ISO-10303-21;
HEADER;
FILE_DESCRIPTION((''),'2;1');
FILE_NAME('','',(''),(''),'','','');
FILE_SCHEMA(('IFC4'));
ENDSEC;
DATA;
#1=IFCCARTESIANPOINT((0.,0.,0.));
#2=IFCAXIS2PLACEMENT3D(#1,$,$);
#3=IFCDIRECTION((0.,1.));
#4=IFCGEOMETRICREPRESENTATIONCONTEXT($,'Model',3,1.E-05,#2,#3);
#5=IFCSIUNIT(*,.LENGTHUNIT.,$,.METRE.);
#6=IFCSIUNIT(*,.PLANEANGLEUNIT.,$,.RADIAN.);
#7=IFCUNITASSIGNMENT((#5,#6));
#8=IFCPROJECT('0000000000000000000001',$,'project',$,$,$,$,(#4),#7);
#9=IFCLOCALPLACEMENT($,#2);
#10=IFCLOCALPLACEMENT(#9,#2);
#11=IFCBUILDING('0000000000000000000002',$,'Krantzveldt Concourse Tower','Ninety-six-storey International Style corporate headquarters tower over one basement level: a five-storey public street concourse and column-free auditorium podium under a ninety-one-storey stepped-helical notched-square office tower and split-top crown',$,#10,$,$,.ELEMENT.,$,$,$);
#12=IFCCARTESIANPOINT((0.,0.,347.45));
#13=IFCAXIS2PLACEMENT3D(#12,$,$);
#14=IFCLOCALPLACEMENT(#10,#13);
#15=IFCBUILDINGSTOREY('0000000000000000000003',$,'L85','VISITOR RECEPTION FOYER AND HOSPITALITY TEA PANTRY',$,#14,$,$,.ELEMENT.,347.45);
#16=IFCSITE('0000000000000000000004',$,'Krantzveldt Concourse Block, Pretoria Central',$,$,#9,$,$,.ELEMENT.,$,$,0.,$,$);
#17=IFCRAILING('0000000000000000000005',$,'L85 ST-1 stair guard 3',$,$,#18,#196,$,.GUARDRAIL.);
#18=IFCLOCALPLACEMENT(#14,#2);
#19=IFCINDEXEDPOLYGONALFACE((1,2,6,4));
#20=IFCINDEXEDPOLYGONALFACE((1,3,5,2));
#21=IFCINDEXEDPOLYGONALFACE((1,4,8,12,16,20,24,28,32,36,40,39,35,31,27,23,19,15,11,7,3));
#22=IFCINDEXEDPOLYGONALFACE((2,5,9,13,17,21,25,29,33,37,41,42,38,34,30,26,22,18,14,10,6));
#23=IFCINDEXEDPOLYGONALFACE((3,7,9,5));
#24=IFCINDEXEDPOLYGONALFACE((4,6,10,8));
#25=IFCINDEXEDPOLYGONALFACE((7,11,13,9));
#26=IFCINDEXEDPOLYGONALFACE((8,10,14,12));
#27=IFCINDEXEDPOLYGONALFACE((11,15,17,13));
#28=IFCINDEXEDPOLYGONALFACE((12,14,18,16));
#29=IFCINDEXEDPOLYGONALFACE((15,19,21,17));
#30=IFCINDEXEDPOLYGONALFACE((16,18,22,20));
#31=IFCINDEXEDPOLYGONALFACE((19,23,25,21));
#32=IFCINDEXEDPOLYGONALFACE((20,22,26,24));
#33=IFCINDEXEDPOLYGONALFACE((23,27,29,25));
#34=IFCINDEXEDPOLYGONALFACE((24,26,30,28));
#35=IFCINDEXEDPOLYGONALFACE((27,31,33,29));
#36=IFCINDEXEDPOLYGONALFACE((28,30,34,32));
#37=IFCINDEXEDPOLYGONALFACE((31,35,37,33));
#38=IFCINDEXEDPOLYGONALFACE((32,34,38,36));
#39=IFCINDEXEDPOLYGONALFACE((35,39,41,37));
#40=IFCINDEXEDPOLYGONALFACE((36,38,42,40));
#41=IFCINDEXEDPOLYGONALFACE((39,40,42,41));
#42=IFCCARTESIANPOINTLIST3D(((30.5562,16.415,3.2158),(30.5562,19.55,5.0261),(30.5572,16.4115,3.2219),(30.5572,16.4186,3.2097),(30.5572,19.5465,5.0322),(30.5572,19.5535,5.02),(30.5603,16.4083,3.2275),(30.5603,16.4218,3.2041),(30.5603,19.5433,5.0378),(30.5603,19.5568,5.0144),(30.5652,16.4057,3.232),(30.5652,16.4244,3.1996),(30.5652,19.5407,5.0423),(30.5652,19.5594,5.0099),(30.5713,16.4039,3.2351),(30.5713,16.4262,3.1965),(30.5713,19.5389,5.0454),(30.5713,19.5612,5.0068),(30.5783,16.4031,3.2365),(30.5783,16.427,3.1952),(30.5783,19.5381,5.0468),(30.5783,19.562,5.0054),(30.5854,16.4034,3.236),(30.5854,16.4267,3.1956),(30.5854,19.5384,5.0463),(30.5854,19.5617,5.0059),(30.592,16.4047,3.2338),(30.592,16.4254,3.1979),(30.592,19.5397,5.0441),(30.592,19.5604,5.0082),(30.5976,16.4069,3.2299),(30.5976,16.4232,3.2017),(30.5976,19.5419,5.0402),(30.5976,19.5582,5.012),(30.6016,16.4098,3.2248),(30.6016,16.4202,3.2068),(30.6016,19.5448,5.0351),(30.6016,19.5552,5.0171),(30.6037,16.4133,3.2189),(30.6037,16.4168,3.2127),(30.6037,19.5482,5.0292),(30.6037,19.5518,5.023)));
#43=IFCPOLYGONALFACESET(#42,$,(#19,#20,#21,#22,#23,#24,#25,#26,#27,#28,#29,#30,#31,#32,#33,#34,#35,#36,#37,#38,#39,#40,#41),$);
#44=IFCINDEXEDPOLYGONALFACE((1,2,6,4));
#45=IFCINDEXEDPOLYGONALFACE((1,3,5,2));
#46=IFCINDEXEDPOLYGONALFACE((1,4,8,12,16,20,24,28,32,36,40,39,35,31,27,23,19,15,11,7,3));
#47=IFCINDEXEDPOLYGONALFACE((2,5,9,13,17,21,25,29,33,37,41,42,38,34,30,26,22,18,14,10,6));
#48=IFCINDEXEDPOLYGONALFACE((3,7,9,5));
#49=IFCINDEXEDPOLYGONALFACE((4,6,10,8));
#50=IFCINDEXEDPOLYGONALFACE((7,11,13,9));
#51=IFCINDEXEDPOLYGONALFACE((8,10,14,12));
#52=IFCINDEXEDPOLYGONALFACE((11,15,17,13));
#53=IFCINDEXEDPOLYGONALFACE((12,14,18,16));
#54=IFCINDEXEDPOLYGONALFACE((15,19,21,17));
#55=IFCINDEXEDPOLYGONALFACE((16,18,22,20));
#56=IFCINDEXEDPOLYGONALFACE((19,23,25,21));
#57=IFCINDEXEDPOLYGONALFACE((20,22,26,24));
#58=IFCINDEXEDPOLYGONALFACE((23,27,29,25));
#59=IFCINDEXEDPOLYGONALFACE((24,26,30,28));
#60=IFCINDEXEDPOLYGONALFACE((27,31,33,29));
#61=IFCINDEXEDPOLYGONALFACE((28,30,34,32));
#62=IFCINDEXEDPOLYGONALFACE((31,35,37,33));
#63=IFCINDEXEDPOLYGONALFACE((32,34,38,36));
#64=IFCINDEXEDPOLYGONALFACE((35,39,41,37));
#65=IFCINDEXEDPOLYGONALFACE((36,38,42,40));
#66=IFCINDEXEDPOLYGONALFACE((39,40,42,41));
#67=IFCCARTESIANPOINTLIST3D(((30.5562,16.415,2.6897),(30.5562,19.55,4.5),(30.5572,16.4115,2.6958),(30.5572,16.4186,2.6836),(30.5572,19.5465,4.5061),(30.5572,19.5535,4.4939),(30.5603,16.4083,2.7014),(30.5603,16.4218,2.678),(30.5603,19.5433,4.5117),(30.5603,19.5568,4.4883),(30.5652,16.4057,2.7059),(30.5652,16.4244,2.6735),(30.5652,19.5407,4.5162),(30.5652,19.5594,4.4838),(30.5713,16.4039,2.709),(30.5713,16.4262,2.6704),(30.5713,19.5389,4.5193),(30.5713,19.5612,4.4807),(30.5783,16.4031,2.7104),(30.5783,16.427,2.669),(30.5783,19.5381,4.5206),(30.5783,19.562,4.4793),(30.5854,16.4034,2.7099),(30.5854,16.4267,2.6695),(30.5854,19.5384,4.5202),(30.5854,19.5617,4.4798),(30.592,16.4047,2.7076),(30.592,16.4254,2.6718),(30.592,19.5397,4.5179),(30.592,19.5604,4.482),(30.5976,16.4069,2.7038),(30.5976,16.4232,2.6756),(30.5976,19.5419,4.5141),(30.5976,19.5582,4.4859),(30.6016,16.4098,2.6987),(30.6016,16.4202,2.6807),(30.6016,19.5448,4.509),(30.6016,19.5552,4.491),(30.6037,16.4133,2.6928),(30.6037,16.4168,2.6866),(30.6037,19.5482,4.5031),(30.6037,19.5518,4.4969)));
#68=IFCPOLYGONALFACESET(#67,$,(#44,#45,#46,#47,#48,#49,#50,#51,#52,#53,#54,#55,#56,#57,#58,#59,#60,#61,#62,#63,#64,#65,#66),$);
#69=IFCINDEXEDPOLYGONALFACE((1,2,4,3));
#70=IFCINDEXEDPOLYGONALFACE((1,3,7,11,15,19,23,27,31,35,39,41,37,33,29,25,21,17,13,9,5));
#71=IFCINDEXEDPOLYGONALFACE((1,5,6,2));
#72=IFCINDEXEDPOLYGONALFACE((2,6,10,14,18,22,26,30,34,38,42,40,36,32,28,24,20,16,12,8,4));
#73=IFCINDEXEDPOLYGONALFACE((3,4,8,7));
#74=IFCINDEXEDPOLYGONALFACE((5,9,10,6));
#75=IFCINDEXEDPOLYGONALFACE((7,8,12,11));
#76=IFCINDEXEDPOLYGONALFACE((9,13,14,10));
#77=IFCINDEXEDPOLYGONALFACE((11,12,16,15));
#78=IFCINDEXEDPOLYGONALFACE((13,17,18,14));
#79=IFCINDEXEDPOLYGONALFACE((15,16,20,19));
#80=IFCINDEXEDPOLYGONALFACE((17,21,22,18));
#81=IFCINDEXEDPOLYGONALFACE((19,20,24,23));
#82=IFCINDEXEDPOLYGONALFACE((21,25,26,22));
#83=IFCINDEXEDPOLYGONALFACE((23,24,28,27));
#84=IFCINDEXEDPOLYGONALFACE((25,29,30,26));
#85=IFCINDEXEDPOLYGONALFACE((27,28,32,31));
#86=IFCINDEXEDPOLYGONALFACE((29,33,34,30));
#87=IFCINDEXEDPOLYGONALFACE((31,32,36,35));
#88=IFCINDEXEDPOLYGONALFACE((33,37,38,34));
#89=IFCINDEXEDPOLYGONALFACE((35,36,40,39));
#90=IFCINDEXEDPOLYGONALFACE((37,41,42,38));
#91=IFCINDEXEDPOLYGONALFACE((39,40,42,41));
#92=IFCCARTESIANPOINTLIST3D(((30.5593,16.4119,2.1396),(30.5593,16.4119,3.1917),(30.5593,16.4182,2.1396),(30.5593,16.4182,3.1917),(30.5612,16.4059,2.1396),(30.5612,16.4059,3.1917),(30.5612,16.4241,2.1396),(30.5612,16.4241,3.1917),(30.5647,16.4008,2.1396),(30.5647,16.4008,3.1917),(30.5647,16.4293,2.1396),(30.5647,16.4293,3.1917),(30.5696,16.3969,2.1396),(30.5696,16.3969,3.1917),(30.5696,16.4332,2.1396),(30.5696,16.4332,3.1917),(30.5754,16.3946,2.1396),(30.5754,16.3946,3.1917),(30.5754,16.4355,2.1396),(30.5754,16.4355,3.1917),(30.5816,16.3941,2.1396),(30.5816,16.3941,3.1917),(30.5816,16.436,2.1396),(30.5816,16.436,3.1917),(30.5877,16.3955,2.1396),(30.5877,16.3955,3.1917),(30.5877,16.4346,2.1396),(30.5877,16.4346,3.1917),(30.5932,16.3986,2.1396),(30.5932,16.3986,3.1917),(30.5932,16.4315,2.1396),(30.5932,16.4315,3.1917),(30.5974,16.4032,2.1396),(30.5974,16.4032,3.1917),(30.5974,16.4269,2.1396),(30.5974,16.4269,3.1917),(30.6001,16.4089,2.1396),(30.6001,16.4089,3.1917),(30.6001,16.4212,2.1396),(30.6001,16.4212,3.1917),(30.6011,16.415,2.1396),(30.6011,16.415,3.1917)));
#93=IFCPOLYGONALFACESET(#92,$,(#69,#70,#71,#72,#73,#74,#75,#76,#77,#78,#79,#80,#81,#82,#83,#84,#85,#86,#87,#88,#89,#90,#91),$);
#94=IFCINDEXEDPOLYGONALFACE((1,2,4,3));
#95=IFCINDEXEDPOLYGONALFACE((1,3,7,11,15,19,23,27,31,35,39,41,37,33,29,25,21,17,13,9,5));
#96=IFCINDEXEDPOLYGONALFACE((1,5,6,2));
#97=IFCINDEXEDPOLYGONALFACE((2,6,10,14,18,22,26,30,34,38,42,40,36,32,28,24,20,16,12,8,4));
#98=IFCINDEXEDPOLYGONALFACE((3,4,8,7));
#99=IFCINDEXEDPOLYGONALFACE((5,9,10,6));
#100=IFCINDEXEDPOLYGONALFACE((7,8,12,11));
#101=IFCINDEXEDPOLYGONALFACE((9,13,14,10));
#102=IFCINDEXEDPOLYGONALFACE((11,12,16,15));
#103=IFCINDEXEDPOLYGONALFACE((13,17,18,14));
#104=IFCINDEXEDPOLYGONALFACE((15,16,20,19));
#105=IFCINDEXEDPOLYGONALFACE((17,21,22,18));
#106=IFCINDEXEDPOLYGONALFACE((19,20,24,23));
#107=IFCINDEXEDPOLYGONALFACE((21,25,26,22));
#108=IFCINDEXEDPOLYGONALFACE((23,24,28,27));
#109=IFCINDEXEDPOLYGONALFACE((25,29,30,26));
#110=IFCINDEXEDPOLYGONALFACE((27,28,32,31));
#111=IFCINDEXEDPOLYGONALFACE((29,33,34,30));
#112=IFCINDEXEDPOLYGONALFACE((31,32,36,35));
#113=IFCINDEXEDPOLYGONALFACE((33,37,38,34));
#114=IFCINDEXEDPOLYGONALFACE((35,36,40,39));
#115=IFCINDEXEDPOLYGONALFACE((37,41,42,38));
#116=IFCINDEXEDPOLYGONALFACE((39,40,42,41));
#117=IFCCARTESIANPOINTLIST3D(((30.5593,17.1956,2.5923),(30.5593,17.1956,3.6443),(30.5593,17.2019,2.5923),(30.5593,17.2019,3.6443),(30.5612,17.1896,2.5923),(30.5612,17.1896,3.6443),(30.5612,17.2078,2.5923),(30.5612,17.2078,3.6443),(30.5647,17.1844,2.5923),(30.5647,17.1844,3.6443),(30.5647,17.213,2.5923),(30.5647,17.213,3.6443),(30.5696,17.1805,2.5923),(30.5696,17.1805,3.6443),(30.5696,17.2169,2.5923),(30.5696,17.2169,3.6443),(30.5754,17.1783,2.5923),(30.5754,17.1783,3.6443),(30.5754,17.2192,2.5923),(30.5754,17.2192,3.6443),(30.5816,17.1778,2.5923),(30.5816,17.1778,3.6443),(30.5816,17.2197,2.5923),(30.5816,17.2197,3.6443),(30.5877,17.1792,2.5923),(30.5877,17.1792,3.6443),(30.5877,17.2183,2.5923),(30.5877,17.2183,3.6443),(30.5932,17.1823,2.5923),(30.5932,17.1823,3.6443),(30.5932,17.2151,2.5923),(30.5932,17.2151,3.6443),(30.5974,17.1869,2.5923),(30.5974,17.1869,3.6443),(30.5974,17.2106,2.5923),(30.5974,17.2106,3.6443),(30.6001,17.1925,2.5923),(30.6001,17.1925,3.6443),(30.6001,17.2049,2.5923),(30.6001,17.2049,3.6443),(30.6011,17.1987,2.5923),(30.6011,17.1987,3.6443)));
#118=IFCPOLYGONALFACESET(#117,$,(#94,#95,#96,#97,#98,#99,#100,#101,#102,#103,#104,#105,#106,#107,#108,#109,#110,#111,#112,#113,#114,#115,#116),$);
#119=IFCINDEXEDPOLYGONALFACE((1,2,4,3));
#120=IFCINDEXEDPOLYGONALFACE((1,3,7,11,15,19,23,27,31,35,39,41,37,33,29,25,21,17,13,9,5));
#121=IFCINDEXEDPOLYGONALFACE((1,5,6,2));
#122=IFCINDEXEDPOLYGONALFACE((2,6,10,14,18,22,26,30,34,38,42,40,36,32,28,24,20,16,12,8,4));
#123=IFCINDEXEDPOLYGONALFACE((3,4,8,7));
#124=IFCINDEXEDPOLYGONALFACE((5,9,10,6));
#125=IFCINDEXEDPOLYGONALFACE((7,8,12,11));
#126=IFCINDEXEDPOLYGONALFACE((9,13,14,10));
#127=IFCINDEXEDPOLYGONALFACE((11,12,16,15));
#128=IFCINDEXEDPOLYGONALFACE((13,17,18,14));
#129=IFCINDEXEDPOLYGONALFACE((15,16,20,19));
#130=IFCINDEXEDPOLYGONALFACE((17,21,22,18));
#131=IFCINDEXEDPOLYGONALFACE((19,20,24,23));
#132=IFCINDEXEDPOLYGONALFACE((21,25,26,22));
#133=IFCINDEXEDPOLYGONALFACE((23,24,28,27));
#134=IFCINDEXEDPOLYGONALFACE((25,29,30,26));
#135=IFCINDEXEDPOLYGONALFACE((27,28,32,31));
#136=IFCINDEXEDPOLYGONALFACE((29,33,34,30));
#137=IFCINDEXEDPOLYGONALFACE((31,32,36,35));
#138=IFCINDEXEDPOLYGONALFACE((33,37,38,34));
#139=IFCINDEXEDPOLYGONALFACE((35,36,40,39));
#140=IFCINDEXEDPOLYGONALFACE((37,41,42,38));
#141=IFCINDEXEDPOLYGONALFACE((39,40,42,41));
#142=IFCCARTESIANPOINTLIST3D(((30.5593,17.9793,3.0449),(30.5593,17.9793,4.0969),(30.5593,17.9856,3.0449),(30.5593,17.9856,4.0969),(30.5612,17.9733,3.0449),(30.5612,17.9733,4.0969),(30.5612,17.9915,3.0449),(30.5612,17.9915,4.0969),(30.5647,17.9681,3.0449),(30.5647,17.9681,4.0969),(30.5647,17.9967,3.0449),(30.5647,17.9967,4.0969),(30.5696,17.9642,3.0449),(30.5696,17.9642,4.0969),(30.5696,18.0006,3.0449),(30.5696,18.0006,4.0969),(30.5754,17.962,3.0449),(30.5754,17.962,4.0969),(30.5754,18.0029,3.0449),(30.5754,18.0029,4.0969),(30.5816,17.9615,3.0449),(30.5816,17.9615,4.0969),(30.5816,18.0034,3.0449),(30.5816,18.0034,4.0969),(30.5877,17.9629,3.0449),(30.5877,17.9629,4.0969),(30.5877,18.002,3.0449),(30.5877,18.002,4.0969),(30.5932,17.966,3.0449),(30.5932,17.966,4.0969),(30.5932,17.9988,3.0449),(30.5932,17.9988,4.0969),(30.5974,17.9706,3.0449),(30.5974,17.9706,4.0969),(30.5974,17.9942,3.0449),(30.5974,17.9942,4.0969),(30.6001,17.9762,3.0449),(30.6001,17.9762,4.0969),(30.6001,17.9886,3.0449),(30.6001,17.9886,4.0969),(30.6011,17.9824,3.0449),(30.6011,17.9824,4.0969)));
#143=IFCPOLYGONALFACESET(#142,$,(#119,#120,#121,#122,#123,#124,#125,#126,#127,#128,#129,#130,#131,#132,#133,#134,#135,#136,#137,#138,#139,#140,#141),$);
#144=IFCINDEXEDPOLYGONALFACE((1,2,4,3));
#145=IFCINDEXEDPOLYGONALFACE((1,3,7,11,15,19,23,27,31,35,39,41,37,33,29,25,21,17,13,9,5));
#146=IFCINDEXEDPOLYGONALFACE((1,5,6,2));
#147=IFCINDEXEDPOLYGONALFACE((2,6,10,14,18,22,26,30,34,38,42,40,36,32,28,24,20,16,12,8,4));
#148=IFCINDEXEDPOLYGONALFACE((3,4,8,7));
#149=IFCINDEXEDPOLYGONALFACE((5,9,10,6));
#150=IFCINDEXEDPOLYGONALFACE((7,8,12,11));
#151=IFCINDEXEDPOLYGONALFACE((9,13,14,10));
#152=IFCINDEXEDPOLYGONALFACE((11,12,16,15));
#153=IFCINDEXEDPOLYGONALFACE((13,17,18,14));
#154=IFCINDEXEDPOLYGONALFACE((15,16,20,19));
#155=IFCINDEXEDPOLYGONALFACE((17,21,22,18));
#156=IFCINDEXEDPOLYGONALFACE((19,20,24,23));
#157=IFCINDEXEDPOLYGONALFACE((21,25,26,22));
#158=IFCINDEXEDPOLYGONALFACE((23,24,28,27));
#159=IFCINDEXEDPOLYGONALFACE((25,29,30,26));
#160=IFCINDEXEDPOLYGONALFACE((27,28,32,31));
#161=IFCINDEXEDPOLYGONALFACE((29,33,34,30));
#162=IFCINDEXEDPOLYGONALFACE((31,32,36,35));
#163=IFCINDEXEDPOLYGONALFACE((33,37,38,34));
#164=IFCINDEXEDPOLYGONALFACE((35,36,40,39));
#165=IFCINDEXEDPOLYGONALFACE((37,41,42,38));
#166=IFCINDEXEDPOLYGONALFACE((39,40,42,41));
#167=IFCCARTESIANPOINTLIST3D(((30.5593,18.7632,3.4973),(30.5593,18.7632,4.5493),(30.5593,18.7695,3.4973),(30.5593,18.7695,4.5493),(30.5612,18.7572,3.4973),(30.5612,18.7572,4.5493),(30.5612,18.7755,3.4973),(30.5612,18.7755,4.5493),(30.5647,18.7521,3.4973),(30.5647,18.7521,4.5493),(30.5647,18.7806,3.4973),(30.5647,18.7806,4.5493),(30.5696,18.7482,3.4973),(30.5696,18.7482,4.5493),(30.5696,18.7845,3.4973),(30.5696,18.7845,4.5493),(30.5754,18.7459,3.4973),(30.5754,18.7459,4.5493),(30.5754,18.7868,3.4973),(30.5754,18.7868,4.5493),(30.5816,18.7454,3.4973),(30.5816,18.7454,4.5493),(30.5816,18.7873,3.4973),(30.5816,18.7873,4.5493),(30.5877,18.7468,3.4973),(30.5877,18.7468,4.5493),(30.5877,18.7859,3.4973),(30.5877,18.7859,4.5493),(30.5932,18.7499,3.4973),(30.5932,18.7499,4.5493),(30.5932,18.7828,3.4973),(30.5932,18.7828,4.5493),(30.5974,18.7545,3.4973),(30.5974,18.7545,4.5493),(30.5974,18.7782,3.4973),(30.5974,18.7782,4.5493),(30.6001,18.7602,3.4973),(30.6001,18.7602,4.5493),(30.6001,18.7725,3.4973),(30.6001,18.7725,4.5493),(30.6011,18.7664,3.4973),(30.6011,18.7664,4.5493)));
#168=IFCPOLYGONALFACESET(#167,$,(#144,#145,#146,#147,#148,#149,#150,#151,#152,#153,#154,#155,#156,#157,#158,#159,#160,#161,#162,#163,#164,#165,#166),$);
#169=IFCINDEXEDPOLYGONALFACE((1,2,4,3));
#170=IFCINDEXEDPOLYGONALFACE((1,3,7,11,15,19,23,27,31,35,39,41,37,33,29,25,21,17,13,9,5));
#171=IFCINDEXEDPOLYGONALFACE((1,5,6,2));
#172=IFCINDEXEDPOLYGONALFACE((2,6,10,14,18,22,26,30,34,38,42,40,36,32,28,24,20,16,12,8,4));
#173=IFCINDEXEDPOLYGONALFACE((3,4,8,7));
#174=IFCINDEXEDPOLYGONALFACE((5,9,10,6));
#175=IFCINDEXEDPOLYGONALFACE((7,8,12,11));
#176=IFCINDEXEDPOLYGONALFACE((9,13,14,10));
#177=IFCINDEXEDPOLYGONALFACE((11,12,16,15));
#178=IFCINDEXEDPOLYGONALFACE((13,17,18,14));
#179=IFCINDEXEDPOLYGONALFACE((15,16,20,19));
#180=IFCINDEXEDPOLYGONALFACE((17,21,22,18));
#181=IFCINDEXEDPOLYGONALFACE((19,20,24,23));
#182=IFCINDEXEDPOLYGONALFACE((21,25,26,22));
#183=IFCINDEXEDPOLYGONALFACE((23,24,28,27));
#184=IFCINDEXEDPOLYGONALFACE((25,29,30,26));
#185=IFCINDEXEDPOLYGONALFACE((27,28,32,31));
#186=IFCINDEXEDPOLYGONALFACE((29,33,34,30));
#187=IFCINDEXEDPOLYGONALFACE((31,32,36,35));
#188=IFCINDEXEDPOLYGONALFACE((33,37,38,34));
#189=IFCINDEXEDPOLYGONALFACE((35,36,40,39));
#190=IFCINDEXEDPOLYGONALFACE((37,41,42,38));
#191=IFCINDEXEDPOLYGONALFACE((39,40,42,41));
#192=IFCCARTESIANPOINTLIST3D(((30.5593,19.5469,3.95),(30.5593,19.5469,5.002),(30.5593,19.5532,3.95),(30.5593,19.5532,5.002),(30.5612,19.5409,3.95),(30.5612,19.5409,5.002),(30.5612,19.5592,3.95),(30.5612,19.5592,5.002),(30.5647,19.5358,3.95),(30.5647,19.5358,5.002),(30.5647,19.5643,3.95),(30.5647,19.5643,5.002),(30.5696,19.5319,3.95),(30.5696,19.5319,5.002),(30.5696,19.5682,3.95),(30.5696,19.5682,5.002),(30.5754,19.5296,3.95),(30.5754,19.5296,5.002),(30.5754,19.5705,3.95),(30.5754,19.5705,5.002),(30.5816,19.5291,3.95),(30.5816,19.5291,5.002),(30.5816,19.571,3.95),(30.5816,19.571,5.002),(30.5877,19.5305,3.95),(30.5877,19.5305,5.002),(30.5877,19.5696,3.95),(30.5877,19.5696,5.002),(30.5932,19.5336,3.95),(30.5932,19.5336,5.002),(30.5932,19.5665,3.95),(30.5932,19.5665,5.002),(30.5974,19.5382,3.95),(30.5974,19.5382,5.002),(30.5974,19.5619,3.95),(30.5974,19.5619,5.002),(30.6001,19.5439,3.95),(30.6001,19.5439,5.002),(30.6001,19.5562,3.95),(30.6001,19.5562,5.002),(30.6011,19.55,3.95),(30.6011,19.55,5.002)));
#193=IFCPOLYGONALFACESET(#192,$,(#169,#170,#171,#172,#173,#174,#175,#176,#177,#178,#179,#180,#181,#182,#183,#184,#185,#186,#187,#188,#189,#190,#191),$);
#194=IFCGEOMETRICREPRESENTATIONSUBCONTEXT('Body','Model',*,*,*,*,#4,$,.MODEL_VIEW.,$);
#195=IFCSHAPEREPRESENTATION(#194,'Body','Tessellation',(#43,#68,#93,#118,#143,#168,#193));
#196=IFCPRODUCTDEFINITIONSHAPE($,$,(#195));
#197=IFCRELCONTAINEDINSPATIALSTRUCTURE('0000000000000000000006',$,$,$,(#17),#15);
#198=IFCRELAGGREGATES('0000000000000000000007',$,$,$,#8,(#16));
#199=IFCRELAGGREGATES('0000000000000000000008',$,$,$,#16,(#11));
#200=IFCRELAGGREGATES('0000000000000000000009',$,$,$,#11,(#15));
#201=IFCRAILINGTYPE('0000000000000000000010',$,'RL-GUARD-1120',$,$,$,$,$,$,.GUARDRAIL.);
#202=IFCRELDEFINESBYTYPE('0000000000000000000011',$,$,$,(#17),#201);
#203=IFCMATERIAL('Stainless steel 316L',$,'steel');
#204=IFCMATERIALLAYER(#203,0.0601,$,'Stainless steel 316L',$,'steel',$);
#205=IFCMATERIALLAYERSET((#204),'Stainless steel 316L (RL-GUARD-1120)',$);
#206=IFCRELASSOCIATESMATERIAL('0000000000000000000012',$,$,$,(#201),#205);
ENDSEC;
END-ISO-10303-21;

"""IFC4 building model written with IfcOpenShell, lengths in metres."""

from ifc_helpers import new_model, si_unit, direction, frame, origin, origin_2d, place, context, subcontext, project, spatial, circle, extrude, material, layer, layer_set, type_object, element, save


model = new_model("IFC4")

# Units and contexts
model_context = context("Model", 3, precision=1e-05, world=origin(), true_north=direction((0.0, 1.0)))
body_context = subcontext(model_context, "Body", "Model", "MODEL_VIEW")
ifc_project = project(units=[si_unit("LENGTHUNIT", "METRE"), si_unit("PLANEANGLEUNIT", "RADIAN")], contexts=[model_context])

# Site, building, storey
site_placement = place(None, origin())
site = spatial("IfcSite", under=ifc_project, at=site_placement, Name="Krantzveldt Concourse Block, Pretoria Central", CompositionType="ELEMENT", RefElevation=0.0)
building_placement = place(site_placement, origin())
building = spatial("IfcBuilding", under=site, at=building_placement, Name="Krantzveldt Concourse Tower", Description="Ninety-six-storey International Style corporate headquarters tower over one basement level: a five-storey public street concourse and column-free auditorium podium under a ninety-one-storey stepped-helical notched-square office tower and split-top crown", CompositionType="ELEMENT")
storey_placement = place(building_placement, frame((0.0, 0.0, 347.45)))
storey = spatial("IfcBuildingStorey", under=building, at=storey_placement, Name="L85", Description="VISITOR RECEPTION FOYER AND HOSPITALITY TEA PANTRY", CompositionType="ELEMENT", Elevation=347.45)

# Shared definitions
ifc_material_1 = material(Name="Stainless steel 316L", Category="steel")

# Railing
ifc_layer_1 = layer(ifc_material_1, 0.0601, Name="Stainless steel 316L", Category="steel")
ifc_layer_set_1 = layer_set([ifc_layer_1], Name="Stainless steel 316L (RL-GUARD-1120)")
railing_type_1 = type_object("IfcRailingType", Name="RL-GUARD-1120", PredefinedType="GUARDRAIL", material=ifc_layer_set_1)
railing_1_placement = place(storey_placement, frame((30.5801, 16.415, 2.1396)))
element("IfcRailing", 1, at=railing_1_placement, inside=storey, type_object=railing_type_1, Name="L85 ST-1 stair guard 3", PredefinedType="GUARDRAIL", context=body_context, shape_type="SweptSolid", body=[
    extrude(circle(Radius=0.0239, at=origin_2d()), frame((0.0, 0.0, 1.0762), z_axis=(0.0, 0.865989, 0.500063), x_axis=(-1.0, 0.0, 0.0)), (0.0, 0.0, 1.0), 3.6201),
    extrude(circle(Radius=0.0239, at=origin_2d()), frame((0.0, 0.0, 0.55), z_axis=(0.0, 0.865989, 0.500063), x_axis=(-1.0, 0.0, 0.0)), (0.0, 0.0, 1.0), 3.6201),
    extrude(circle(Radius=0.021, at=origin_2d()), origin(), (0.0, 0.0, 1.0), 1.052),
    extrude(circle(Radius=0.021, at=origin_2d()), frame((0.0, 0.7837, 0.4526)), (0.0, 0.0, 1.0), 1.052),
    extrude(circle(Radius=0.021, at=origin_2d()), frame((0.0, 1.5674, 0.9053)), (0.0, 0.0, 1.0), 1.052),
    extrude(circle(Radius=0.021, at=origin_2d()), frame((0.0, 2.3513, 1.3577)), (0.0, 0.0, 1.0), 1.052),
    extrude(circle(Radius=0.021, at=origin_2d()), frame((0.0, 3.135, 1.8103)), (0.0, 0.0, 1.0), 1.052),
])

save(model, "model.ifc")
